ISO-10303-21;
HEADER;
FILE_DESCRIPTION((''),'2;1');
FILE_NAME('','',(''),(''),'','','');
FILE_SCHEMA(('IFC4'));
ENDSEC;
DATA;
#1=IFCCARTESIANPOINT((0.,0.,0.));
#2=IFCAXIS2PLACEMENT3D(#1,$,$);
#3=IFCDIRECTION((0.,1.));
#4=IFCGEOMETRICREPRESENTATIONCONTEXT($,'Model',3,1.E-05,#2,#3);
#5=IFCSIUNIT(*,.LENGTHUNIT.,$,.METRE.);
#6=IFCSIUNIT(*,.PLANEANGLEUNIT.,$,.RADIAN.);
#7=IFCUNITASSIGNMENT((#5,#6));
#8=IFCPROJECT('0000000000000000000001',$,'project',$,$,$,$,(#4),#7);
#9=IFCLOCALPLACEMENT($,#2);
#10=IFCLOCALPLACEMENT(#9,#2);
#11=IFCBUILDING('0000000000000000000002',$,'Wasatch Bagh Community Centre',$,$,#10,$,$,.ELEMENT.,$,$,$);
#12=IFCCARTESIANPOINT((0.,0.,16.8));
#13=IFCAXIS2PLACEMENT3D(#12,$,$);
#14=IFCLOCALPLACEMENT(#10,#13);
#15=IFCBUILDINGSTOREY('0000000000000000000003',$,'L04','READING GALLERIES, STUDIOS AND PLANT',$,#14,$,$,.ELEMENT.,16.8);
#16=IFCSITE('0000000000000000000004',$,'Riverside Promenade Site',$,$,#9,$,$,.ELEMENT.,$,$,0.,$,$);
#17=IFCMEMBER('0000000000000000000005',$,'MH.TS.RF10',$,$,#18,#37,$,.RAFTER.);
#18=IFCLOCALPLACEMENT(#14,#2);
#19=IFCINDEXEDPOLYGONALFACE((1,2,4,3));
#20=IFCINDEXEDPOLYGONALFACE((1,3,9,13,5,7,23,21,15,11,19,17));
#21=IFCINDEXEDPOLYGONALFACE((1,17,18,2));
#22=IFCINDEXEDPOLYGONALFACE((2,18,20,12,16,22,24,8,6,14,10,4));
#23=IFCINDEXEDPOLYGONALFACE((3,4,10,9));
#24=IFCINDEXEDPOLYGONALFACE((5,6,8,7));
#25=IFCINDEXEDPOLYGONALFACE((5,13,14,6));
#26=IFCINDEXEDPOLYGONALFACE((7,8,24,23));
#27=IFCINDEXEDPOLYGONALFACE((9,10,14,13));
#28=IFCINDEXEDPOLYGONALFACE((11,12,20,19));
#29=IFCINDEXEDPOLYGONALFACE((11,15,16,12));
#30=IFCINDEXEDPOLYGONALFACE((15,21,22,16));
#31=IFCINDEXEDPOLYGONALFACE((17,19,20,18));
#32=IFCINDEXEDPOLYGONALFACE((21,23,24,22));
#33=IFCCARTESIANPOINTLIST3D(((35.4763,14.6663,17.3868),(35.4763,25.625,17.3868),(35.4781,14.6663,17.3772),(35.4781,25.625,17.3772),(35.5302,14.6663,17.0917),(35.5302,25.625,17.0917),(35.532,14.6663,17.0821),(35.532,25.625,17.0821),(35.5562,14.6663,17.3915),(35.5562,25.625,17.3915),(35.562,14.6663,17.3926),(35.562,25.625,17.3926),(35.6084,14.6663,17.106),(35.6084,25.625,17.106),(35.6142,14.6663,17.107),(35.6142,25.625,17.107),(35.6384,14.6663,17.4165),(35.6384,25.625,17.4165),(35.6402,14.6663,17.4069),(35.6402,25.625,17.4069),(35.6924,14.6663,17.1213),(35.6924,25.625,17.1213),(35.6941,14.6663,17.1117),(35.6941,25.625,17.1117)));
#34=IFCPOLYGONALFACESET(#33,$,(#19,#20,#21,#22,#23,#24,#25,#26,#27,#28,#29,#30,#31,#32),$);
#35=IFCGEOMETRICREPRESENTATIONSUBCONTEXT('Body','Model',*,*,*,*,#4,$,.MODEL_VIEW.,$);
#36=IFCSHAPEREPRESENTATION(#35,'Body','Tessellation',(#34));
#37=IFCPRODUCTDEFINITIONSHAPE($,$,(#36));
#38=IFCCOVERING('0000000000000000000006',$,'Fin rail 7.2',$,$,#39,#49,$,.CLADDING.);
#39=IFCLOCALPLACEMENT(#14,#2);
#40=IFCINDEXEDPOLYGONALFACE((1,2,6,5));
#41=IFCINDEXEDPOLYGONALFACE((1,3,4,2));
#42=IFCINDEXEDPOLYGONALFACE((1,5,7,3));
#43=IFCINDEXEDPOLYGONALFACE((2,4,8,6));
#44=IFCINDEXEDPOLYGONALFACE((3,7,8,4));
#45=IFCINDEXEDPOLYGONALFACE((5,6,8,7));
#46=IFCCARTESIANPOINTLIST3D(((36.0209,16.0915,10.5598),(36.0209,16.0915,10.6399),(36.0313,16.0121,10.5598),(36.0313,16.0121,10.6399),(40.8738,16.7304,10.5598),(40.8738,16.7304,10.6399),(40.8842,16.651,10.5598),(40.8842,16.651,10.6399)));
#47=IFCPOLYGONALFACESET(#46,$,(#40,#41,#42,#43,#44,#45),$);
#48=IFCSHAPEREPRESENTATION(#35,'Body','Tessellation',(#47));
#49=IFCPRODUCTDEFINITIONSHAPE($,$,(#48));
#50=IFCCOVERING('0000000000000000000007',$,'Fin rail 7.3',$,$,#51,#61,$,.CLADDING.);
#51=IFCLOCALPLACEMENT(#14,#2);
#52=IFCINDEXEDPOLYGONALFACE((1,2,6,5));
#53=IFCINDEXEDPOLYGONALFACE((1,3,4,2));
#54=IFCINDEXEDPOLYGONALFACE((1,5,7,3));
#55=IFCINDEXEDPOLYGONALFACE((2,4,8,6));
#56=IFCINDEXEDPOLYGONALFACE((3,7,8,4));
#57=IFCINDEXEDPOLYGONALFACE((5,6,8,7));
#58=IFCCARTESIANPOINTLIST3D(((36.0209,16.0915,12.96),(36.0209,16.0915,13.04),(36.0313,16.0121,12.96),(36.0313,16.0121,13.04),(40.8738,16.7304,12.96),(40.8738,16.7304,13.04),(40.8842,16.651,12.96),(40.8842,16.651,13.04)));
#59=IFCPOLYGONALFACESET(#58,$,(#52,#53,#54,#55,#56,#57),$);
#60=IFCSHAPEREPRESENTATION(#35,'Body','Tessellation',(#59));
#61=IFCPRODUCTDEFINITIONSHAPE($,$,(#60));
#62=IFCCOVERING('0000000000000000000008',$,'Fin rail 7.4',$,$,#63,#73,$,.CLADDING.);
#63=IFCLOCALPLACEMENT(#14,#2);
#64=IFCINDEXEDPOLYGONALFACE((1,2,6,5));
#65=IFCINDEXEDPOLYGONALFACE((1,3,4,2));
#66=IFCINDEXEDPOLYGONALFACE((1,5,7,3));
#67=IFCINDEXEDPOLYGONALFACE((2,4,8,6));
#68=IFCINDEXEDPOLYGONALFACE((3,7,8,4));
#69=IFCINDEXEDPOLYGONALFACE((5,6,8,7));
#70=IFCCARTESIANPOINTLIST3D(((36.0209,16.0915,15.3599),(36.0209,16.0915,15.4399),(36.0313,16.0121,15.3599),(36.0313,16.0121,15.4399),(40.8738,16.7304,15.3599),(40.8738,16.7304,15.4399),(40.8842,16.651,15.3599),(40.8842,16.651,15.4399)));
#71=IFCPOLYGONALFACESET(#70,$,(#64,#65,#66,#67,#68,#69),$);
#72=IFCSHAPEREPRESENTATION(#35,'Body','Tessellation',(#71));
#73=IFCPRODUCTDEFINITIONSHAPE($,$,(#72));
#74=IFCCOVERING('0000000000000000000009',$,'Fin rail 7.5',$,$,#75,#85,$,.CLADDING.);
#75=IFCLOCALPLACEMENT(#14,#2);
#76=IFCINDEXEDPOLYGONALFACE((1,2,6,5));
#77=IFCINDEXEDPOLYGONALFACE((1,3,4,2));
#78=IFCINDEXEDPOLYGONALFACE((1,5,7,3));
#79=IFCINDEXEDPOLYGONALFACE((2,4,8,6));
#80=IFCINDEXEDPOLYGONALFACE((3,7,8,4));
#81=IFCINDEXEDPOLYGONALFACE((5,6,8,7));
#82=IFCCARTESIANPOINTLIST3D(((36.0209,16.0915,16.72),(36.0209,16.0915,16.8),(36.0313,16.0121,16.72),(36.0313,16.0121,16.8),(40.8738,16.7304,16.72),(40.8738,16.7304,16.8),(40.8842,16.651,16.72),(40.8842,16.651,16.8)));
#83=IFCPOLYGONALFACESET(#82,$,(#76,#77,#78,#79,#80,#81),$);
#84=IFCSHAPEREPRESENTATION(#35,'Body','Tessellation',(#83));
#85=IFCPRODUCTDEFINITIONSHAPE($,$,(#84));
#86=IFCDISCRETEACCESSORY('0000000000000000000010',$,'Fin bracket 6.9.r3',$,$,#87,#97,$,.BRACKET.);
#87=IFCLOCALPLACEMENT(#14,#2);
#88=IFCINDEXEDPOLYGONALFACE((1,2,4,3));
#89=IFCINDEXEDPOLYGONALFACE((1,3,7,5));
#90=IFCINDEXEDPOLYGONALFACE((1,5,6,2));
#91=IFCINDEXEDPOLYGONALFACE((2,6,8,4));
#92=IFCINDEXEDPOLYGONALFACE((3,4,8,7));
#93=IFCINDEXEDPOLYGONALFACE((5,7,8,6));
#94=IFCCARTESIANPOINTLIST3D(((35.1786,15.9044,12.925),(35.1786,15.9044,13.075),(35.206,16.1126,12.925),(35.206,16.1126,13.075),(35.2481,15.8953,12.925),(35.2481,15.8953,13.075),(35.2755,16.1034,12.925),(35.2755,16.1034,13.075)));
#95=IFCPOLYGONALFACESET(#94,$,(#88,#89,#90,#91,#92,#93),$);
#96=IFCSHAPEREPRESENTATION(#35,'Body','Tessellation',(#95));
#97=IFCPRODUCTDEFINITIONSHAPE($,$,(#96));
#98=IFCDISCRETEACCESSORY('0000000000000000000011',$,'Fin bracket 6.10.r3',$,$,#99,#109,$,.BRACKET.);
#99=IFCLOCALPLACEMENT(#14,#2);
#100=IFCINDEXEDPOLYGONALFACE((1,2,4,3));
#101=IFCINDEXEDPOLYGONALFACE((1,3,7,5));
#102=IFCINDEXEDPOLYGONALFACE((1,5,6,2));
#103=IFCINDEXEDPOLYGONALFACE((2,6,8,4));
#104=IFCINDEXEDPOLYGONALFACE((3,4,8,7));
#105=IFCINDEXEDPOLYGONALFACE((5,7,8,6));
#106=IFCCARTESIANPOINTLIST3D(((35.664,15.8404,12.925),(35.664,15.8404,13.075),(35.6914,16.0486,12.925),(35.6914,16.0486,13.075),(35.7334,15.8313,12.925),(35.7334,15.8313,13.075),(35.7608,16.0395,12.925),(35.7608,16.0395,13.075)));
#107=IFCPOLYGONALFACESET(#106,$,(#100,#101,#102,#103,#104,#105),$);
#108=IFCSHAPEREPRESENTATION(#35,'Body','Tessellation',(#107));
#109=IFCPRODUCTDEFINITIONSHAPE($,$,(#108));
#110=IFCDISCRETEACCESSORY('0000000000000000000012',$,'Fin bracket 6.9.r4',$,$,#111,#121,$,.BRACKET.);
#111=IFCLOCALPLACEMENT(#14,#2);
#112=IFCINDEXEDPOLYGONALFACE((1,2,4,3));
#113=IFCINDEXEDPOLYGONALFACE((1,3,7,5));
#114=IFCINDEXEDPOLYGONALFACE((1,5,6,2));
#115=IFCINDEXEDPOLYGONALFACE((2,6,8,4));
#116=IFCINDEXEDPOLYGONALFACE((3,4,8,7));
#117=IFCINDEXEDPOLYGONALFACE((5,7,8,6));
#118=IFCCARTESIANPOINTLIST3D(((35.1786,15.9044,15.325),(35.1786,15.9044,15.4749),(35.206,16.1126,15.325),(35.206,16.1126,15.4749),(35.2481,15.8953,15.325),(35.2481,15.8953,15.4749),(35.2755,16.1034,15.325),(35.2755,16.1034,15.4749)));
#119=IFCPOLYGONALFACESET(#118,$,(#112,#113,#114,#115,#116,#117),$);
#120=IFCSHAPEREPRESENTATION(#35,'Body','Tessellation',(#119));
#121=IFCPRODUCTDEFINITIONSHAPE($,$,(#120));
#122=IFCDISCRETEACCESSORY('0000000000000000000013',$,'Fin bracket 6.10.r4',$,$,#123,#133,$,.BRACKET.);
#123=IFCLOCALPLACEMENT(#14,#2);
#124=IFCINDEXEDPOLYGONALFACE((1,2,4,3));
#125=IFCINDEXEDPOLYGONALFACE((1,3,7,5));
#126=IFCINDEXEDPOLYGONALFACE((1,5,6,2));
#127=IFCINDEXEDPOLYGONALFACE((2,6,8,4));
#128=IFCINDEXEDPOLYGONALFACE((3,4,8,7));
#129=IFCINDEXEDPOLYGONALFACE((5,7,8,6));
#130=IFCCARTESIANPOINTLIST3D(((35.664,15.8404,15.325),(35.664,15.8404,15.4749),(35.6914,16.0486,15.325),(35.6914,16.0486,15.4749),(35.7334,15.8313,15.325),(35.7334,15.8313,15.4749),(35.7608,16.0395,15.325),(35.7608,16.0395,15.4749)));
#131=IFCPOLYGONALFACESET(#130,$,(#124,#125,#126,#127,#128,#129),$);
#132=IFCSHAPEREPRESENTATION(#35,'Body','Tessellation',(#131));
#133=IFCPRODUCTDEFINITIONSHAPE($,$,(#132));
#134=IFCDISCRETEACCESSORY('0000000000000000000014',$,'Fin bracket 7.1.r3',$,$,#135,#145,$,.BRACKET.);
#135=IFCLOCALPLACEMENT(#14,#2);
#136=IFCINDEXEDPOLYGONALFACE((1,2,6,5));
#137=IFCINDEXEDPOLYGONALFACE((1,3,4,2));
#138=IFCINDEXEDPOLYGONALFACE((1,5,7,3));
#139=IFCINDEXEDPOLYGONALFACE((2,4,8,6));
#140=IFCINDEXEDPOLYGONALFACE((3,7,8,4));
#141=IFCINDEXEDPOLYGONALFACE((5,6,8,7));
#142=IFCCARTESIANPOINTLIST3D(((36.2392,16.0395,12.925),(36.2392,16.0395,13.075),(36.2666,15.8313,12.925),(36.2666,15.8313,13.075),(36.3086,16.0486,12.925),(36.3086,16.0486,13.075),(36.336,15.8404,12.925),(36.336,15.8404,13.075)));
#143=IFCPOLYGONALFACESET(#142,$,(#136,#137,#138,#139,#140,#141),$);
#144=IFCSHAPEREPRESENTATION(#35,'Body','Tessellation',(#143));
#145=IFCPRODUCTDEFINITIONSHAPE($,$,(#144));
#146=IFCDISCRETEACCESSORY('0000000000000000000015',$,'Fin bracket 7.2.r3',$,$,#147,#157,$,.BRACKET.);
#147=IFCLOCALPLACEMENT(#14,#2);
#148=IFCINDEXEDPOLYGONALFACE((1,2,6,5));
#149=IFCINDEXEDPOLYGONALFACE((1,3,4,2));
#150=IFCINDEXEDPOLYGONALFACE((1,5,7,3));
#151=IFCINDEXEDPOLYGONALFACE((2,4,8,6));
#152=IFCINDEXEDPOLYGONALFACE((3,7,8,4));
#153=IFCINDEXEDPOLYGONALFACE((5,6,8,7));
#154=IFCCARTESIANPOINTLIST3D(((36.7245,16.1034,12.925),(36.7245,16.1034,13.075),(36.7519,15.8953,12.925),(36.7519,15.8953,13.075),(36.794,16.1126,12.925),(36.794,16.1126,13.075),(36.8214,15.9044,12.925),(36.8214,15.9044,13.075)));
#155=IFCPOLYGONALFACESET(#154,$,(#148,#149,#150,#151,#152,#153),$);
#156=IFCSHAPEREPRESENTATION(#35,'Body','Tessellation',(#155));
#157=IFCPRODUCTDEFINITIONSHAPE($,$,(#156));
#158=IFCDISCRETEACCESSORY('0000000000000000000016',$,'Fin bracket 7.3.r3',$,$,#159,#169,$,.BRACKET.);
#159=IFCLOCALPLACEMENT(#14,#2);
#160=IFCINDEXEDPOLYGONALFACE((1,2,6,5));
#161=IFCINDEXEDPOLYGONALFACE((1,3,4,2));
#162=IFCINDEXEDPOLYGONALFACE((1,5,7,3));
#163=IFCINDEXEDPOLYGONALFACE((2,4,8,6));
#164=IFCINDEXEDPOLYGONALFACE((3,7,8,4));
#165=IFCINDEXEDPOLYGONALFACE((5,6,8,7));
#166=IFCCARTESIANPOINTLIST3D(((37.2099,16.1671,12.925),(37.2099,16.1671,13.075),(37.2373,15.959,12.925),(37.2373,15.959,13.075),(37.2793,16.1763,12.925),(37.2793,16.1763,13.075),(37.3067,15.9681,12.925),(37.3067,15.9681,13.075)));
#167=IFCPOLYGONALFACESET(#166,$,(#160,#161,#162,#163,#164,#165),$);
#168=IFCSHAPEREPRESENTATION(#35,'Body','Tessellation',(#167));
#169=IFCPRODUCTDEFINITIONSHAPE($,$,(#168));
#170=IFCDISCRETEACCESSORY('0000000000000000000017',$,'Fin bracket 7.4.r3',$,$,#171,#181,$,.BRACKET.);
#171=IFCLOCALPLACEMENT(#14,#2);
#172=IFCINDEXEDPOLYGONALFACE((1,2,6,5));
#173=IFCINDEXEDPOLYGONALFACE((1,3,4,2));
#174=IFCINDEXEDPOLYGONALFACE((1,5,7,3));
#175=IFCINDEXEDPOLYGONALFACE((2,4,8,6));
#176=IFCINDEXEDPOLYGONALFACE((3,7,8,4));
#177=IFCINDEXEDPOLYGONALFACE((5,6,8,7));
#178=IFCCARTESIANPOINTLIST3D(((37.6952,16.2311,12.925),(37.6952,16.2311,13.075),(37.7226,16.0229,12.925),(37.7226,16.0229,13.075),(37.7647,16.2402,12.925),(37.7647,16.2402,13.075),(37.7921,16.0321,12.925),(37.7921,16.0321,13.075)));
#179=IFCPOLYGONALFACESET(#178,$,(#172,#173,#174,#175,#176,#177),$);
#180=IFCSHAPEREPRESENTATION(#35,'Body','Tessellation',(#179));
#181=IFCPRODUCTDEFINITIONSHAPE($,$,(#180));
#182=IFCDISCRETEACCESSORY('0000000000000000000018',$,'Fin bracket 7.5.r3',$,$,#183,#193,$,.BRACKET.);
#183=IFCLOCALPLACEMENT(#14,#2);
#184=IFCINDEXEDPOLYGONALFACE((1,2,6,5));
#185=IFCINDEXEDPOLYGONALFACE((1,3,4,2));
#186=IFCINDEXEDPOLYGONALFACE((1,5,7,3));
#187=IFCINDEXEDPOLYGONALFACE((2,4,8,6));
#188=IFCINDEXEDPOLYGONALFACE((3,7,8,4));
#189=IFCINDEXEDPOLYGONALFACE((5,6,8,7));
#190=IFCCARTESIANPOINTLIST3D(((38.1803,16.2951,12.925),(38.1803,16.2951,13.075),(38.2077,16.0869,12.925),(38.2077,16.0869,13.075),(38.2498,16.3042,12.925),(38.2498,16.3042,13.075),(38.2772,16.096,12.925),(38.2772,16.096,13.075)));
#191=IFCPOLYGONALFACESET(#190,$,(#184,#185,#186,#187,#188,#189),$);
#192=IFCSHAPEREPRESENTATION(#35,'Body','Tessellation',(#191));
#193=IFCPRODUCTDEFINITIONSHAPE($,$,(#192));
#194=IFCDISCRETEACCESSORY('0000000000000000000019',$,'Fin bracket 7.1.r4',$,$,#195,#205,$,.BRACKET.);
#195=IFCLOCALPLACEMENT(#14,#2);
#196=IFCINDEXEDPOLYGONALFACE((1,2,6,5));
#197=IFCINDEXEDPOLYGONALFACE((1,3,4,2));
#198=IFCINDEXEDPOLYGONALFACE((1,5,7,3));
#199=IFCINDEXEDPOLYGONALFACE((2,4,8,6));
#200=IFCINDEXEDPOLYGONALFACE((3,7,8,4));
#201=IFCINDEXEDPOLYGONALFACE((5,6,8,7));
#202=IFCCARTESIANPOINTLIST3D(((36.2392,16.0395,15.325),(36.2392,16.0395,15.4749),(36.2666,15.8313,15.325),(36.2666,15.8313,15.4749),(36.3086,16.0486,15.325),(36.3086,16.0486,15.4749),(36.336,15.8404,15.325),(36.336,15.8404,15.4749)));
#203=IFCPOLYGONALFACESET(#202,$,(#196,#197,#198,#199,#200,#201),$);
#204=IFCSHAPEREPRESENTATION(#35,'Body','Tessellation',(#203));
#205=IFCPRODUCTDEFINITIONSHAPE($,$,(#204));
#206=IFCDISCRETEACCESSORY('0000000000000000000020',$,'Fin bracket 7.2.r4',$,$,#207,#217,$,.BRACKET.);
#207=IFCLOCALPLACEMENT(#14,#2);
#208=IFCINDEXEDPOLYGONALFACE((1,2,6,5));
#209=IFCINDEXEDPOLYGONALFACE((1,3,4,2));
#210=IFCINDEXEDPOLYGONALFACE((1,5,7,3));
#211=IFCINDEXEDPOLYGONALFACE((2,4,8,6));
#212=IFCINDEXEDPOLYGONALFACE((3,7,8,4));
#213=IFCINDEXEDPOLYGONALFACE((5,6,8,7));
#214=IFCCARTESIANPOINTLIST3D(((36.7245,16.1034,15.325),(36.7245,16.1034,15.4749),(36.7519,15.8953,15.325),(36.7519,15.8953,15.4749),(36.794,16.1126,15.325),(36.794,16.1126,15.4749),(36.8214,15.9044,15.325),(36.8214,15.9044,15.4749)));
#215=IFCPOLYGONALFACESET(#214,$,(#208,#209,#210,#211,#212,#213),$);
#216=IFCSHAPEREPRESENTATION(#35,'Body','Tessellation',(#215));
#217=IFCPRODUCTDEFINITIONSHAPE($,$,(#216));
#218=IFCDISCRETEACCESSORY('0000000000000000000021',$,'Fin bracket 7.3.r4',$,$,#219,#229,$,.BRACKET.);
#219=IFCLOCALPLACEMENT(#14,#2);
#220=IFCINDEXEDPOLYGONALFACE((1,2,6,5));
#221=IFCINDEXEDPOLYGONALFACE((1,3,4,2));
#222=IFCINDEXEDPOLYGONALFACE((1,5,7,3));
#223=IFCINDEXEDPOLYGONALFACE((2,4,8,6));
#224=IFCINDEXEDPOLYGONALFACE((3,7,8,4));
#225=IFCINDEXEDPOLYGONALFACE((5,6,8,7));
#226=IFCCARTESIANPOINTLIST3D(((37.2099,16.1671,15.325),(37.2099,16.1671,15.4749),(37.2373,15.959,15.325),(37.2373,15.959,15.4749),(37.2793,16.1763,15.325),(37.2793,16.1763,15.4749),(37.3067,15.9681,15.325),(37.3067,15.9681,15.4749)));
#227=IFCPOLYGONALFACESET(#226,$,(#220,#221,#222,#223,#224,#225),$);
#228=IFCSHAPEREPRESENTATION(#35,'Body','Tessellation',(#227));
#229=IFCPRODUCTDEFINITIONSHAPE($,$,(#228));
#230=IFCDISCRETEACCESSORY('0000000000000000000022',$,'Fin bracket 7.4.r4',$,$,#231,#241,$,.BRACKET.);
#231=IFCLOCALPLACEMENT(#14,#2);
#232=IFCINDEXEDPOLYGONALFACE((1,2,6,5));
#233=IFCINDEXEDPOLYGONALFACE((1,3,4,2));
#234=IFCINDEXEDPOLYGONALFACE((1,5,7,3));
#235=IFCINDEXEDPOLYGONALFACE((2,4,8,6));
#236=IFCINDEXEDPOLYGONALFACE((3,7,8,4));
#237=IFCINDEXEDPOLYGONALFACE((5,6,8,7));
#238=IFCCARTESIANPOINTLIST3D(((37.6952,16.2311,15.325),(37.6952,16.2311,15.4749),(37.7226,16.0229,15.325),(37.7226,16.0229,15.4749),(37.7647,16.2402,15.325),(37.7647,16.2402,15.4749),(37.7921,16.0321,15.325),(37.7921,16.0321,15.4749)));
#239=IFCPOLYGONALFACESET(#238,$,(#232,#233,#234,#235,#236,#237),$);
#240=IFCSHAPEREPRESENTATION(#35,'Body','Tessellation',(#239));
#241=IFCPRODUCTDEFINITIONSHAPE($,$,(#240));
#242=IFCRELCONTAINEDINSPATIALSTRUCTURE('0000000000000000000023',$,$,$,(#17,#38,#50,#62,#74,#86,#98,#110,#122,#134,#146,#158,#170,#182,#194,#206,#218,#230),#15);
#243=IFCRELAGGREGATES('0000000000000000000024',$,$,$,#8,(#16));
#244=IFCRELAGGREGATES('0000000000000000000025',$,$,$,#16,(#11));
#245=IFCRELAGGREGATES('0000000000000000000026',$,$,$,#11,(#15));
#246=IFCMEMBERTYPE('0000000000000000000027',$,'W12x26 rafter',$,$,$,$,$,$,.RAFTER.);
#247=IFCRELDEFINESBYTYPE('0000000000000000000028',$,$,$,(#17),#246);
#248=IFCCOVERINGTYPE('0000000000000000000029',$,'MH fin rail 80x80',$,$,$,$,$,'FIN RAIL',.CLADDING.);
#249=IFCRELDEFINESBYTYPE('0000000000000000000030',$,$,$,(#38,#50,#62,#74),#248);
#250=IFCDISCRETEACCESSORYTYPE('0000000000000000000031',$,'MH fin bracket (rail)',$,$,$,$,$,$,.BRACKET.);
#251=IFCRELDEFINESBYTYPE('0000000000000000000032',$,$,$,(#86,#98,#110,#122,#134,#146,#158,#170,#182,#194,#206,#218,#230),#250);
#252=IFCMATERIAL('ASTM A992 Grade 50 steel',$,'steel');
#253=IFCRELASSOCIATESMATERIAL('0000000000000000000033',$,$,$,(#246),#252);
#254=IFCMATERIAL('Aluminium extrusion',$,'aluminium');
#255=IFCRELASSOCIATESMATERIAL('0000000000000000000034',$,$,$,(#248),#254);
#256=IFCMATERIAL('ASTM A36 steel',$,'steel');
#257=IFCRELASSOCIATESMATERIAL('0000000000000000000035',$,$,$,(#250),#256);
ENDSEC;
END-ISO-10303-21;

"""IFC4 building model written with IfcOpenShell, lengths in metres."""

from ifc_helpers import new_model, si_unit, direction, frame, origin, origin_2d, place, context, subcontext, project, spatial, rectangle, i_section, extrude, material, material_profile, profile_set, type_object, element, save


model = new_model("IFC4")

# Units and contexts
model_context = context("Model", 3, precision=1e-05, world=origin(), true_north=direction((0.0, 1.0)))
body_context = subcontext(model_context, "Body", "Model", "MODEL_VIEW")
ifc_project = project(units=[si_unit("LENGTHUNIT", "METRE"), si_unit("PLANEANGLEUNIT", "RADIAN")], contexts=[model_context])

# Site, building, storey
site_placement = place(None, origin())
site = spatial("IfcSite", under=ifc_project, at=site_placement, Name="Riverside Promenade Site", CompositionType="ELEMENT", RefElevation=0.0)
building_placement = place(site_placement, origin())
building = spatial("IfcBuilding", under=site, at=building_placement, Name="Wasatch Bagh Community Centre", CompositionType="ELEMENT")
storey_placement = place(building_placement, frame((0.0, 0.0, 16.8)))
storey = spatial("IfcBuildingStorey", under=building, at=storey_placement, Name="L04", Description="READING GALLERIES, STUDIOS AND PLANT", CompositionType="ELEMENT", Elevation=16.8)

# Member
ifc_material_1 = material(Name="ASTM A992 Grade 50 steel", Category="steel")
ifc_material_profile_1 = material_profile(ifc_material_1, i_section(OverallWidth=0.1648, OverallDepth=0.3098, WebThickness=0.0059, FlangeThickness=0.0098, at=origin_2d()), Name="W12x26")
ifc_profile_set_1 = profile_set([ifc_material_profile_1], Name="ASTM A992 Grade 50 steel")
member_type = type_object("IfcMemberType", Name="W12x26 rafter", PredefinedType="RAFTER", material=ifc_profile_set_1)
member_placement = place(storey_placement, frame((35.5852, 14.6663, 17.2493), z_axis=(0.0, 1.0, 0.0), x_axis=(-0.983711, 0.0, -0.179756)))
element("IfcMember", 1, at=member_placement, inside=storey, type_object=member_type, Name="MH.TS.RF10", PredefinedType="RAFTER", context=body_context, shape_type="SweptSolid", body=[
    extrude(i_section(OverallWidth=0.1648, OverallDepth=0.3098, WebThickness=0.0059, FlangeThickness=0.0098, at=origin_2d()), origin(), (0.0, 0.0, 1.0), 10.9587),
])

# Coverings
ifc_material_2 = material(Name="Aluminium extrusion", Category="aluminium")
ifc_material_profile_2 = material_profile(ifc_material_2, rectangle(XDim=0.0801, YDim=0.0801, at=origin_2d()), Name="AL 80x80")
ifc_profile_set_2 = profile_set([ifc_material_profile_2], Name="Aluminium extrusion")
covering_type = type_object("IfcCoveringType", Name="MH fin rail 80x80", ElementType="FIN RAIL", PredefinedType="CLADDING", material=ifc_profile_set_2)
for number, where, z_axis, x_axis, name in (
    (2, (36.0261, 16.0518, 10.5999), (0.991444, 0.130533, 0.0), (-0.130533, 0.991444, 0.0), "Fin rail 7.2"),
    (3, (36.0261, 16.0518, 13.0), (0.991444, 0.130533, 0.0), (-0.130533, 0.991444, 0.0), "Fin rail 7.3"),
    (4, (36.0261, 16.0518, 15.3999), (0.991444, 0.130533, 0.0), (-0.130533, 0.991444, 0.0), "Fin rail 7.4"),
    (5, (36.0261, 16.0518, 16.76), (0.991444, 0.130533, 0.0), (-0.130533, 0.991444, 0.0), "Fin rail 7.5"),
):
    element("IfcCovering", number, at=place(storey_placement, frame(where, z_axis=z_axis, x_axis=x_axis)), inside=storey, type_object=covering_type, Name=name, PredefinedType="CLADDING", context=body_context, shape_type="SweptSolid", body=[
        extrude(rectangle(XDim=0.0801, YDim=0.0801, at=origin_2d()), origin(), (0.0, 0.0, 1.0), 4.8948),
    ])

# Discrete accessories
ifc_material_3 = material(Name="ASTM A36 steel", Category="steel")
discrete_accessory_type_1 = type_object("IfcDiscreteAccessoryType", Name="MH fin bracket (rail)", PredefinedType="BRACKET", material=ifc_material_3)
for number, where, z_axis, x_axis, name in (
    (6, (35.2271, 16.0039, 12.925), (0.0, 0.0, 1.0), (0.991445, -0.130526, 0.0), "Fin bracket 6.9.r3"),
    (7, (35.7124, 15.9399, 12.925), (0.0, 0.0, 1.0), (0.991445, -0.130526, 0.0), "Fin bracket 6.10.r3"),
    (8, (35.2271, 16.0039, 15.325), (0.0, 0.0, 1.0), (0.991445, -0.130526, 0.0), "Fin bracket 6.9.r4"),
    (9, (35.7124, 15.9399, 15.325), (0.0, 0.0, 1.0), (0.991445, -0.130526, 0.0), "Fin bracket 6.10.r4"),
    (10, (36.2876, 15.9399, 12.925), (0.0, 0.0, 1.0), (0.991445, 0.130526, 0.0), "Fin bracket 7.1.r3"),
    (11, (36.7729, 16.0039, 12.925), (0.0, 0.0, 1.0), (0.991445, 0.130526, 0.0), "Fin bracket 7.2.r3"),
    (12, (37.2583, 16.0676, 12.925), (0.0, 0.0, 1.0), (0.991445, 0.130526, 0.0), "Fin bracket 7.3.r3"),
    (13, (37.7437, 16.1316, 12.925), (0.0, 0.0, 1.0), (0.991445, 0.130526, 0.0), "Fin bracket 7.4.r3"),
    (14, (38.2288, 16.1956, 12.925), (0.0, 0.0, 1.0), (0.991445, 0.130526, 0.0), "Fin bracket 7.5.r3"),
    (15, (36.2876, 15.9399, 15.325), (0.0, 0.0, 1.0), (0.991445, 0.130526, 0.0), "Fin bracket 7.1.r4"),
    (16, (36.7729, 16.0039, 15.325), (0.0, 0.0, 1.0), (0.991445, 0.130526, 0.0), "Fin bracket 7.2.r4"),
    (17, (37.2583, 16.0676, 15.325), (0.0, 0.0, 1.0), (0.991445, 0.130526, 0.0), "Fin bracket 7.3.r4"),
    (18, (37.7437, 16.1316, 15.325), (0.0, 0.0, 1.0), (0.991445, 0.130526, 0.0), "Fin bracket 7.4.r4"),
):
    element("IfcDiscreteAccessory", number, at=place(storey_placement, frame(where, z_axis=z_axis, x_axis=x_axis)), inside=storey, type_object=discrete_accessory_type_1, Name=name, PredefinedType="BRACKET", context=body_context, shape_type="SweptSolid", body=[
        extrude(rectangle(XDim=0.0701, YDim=0.21, at=origin_2d()), origin(), (0.0, 0.0, 1.0), 0.1499),
    ])

save(model, "model.ifc")
